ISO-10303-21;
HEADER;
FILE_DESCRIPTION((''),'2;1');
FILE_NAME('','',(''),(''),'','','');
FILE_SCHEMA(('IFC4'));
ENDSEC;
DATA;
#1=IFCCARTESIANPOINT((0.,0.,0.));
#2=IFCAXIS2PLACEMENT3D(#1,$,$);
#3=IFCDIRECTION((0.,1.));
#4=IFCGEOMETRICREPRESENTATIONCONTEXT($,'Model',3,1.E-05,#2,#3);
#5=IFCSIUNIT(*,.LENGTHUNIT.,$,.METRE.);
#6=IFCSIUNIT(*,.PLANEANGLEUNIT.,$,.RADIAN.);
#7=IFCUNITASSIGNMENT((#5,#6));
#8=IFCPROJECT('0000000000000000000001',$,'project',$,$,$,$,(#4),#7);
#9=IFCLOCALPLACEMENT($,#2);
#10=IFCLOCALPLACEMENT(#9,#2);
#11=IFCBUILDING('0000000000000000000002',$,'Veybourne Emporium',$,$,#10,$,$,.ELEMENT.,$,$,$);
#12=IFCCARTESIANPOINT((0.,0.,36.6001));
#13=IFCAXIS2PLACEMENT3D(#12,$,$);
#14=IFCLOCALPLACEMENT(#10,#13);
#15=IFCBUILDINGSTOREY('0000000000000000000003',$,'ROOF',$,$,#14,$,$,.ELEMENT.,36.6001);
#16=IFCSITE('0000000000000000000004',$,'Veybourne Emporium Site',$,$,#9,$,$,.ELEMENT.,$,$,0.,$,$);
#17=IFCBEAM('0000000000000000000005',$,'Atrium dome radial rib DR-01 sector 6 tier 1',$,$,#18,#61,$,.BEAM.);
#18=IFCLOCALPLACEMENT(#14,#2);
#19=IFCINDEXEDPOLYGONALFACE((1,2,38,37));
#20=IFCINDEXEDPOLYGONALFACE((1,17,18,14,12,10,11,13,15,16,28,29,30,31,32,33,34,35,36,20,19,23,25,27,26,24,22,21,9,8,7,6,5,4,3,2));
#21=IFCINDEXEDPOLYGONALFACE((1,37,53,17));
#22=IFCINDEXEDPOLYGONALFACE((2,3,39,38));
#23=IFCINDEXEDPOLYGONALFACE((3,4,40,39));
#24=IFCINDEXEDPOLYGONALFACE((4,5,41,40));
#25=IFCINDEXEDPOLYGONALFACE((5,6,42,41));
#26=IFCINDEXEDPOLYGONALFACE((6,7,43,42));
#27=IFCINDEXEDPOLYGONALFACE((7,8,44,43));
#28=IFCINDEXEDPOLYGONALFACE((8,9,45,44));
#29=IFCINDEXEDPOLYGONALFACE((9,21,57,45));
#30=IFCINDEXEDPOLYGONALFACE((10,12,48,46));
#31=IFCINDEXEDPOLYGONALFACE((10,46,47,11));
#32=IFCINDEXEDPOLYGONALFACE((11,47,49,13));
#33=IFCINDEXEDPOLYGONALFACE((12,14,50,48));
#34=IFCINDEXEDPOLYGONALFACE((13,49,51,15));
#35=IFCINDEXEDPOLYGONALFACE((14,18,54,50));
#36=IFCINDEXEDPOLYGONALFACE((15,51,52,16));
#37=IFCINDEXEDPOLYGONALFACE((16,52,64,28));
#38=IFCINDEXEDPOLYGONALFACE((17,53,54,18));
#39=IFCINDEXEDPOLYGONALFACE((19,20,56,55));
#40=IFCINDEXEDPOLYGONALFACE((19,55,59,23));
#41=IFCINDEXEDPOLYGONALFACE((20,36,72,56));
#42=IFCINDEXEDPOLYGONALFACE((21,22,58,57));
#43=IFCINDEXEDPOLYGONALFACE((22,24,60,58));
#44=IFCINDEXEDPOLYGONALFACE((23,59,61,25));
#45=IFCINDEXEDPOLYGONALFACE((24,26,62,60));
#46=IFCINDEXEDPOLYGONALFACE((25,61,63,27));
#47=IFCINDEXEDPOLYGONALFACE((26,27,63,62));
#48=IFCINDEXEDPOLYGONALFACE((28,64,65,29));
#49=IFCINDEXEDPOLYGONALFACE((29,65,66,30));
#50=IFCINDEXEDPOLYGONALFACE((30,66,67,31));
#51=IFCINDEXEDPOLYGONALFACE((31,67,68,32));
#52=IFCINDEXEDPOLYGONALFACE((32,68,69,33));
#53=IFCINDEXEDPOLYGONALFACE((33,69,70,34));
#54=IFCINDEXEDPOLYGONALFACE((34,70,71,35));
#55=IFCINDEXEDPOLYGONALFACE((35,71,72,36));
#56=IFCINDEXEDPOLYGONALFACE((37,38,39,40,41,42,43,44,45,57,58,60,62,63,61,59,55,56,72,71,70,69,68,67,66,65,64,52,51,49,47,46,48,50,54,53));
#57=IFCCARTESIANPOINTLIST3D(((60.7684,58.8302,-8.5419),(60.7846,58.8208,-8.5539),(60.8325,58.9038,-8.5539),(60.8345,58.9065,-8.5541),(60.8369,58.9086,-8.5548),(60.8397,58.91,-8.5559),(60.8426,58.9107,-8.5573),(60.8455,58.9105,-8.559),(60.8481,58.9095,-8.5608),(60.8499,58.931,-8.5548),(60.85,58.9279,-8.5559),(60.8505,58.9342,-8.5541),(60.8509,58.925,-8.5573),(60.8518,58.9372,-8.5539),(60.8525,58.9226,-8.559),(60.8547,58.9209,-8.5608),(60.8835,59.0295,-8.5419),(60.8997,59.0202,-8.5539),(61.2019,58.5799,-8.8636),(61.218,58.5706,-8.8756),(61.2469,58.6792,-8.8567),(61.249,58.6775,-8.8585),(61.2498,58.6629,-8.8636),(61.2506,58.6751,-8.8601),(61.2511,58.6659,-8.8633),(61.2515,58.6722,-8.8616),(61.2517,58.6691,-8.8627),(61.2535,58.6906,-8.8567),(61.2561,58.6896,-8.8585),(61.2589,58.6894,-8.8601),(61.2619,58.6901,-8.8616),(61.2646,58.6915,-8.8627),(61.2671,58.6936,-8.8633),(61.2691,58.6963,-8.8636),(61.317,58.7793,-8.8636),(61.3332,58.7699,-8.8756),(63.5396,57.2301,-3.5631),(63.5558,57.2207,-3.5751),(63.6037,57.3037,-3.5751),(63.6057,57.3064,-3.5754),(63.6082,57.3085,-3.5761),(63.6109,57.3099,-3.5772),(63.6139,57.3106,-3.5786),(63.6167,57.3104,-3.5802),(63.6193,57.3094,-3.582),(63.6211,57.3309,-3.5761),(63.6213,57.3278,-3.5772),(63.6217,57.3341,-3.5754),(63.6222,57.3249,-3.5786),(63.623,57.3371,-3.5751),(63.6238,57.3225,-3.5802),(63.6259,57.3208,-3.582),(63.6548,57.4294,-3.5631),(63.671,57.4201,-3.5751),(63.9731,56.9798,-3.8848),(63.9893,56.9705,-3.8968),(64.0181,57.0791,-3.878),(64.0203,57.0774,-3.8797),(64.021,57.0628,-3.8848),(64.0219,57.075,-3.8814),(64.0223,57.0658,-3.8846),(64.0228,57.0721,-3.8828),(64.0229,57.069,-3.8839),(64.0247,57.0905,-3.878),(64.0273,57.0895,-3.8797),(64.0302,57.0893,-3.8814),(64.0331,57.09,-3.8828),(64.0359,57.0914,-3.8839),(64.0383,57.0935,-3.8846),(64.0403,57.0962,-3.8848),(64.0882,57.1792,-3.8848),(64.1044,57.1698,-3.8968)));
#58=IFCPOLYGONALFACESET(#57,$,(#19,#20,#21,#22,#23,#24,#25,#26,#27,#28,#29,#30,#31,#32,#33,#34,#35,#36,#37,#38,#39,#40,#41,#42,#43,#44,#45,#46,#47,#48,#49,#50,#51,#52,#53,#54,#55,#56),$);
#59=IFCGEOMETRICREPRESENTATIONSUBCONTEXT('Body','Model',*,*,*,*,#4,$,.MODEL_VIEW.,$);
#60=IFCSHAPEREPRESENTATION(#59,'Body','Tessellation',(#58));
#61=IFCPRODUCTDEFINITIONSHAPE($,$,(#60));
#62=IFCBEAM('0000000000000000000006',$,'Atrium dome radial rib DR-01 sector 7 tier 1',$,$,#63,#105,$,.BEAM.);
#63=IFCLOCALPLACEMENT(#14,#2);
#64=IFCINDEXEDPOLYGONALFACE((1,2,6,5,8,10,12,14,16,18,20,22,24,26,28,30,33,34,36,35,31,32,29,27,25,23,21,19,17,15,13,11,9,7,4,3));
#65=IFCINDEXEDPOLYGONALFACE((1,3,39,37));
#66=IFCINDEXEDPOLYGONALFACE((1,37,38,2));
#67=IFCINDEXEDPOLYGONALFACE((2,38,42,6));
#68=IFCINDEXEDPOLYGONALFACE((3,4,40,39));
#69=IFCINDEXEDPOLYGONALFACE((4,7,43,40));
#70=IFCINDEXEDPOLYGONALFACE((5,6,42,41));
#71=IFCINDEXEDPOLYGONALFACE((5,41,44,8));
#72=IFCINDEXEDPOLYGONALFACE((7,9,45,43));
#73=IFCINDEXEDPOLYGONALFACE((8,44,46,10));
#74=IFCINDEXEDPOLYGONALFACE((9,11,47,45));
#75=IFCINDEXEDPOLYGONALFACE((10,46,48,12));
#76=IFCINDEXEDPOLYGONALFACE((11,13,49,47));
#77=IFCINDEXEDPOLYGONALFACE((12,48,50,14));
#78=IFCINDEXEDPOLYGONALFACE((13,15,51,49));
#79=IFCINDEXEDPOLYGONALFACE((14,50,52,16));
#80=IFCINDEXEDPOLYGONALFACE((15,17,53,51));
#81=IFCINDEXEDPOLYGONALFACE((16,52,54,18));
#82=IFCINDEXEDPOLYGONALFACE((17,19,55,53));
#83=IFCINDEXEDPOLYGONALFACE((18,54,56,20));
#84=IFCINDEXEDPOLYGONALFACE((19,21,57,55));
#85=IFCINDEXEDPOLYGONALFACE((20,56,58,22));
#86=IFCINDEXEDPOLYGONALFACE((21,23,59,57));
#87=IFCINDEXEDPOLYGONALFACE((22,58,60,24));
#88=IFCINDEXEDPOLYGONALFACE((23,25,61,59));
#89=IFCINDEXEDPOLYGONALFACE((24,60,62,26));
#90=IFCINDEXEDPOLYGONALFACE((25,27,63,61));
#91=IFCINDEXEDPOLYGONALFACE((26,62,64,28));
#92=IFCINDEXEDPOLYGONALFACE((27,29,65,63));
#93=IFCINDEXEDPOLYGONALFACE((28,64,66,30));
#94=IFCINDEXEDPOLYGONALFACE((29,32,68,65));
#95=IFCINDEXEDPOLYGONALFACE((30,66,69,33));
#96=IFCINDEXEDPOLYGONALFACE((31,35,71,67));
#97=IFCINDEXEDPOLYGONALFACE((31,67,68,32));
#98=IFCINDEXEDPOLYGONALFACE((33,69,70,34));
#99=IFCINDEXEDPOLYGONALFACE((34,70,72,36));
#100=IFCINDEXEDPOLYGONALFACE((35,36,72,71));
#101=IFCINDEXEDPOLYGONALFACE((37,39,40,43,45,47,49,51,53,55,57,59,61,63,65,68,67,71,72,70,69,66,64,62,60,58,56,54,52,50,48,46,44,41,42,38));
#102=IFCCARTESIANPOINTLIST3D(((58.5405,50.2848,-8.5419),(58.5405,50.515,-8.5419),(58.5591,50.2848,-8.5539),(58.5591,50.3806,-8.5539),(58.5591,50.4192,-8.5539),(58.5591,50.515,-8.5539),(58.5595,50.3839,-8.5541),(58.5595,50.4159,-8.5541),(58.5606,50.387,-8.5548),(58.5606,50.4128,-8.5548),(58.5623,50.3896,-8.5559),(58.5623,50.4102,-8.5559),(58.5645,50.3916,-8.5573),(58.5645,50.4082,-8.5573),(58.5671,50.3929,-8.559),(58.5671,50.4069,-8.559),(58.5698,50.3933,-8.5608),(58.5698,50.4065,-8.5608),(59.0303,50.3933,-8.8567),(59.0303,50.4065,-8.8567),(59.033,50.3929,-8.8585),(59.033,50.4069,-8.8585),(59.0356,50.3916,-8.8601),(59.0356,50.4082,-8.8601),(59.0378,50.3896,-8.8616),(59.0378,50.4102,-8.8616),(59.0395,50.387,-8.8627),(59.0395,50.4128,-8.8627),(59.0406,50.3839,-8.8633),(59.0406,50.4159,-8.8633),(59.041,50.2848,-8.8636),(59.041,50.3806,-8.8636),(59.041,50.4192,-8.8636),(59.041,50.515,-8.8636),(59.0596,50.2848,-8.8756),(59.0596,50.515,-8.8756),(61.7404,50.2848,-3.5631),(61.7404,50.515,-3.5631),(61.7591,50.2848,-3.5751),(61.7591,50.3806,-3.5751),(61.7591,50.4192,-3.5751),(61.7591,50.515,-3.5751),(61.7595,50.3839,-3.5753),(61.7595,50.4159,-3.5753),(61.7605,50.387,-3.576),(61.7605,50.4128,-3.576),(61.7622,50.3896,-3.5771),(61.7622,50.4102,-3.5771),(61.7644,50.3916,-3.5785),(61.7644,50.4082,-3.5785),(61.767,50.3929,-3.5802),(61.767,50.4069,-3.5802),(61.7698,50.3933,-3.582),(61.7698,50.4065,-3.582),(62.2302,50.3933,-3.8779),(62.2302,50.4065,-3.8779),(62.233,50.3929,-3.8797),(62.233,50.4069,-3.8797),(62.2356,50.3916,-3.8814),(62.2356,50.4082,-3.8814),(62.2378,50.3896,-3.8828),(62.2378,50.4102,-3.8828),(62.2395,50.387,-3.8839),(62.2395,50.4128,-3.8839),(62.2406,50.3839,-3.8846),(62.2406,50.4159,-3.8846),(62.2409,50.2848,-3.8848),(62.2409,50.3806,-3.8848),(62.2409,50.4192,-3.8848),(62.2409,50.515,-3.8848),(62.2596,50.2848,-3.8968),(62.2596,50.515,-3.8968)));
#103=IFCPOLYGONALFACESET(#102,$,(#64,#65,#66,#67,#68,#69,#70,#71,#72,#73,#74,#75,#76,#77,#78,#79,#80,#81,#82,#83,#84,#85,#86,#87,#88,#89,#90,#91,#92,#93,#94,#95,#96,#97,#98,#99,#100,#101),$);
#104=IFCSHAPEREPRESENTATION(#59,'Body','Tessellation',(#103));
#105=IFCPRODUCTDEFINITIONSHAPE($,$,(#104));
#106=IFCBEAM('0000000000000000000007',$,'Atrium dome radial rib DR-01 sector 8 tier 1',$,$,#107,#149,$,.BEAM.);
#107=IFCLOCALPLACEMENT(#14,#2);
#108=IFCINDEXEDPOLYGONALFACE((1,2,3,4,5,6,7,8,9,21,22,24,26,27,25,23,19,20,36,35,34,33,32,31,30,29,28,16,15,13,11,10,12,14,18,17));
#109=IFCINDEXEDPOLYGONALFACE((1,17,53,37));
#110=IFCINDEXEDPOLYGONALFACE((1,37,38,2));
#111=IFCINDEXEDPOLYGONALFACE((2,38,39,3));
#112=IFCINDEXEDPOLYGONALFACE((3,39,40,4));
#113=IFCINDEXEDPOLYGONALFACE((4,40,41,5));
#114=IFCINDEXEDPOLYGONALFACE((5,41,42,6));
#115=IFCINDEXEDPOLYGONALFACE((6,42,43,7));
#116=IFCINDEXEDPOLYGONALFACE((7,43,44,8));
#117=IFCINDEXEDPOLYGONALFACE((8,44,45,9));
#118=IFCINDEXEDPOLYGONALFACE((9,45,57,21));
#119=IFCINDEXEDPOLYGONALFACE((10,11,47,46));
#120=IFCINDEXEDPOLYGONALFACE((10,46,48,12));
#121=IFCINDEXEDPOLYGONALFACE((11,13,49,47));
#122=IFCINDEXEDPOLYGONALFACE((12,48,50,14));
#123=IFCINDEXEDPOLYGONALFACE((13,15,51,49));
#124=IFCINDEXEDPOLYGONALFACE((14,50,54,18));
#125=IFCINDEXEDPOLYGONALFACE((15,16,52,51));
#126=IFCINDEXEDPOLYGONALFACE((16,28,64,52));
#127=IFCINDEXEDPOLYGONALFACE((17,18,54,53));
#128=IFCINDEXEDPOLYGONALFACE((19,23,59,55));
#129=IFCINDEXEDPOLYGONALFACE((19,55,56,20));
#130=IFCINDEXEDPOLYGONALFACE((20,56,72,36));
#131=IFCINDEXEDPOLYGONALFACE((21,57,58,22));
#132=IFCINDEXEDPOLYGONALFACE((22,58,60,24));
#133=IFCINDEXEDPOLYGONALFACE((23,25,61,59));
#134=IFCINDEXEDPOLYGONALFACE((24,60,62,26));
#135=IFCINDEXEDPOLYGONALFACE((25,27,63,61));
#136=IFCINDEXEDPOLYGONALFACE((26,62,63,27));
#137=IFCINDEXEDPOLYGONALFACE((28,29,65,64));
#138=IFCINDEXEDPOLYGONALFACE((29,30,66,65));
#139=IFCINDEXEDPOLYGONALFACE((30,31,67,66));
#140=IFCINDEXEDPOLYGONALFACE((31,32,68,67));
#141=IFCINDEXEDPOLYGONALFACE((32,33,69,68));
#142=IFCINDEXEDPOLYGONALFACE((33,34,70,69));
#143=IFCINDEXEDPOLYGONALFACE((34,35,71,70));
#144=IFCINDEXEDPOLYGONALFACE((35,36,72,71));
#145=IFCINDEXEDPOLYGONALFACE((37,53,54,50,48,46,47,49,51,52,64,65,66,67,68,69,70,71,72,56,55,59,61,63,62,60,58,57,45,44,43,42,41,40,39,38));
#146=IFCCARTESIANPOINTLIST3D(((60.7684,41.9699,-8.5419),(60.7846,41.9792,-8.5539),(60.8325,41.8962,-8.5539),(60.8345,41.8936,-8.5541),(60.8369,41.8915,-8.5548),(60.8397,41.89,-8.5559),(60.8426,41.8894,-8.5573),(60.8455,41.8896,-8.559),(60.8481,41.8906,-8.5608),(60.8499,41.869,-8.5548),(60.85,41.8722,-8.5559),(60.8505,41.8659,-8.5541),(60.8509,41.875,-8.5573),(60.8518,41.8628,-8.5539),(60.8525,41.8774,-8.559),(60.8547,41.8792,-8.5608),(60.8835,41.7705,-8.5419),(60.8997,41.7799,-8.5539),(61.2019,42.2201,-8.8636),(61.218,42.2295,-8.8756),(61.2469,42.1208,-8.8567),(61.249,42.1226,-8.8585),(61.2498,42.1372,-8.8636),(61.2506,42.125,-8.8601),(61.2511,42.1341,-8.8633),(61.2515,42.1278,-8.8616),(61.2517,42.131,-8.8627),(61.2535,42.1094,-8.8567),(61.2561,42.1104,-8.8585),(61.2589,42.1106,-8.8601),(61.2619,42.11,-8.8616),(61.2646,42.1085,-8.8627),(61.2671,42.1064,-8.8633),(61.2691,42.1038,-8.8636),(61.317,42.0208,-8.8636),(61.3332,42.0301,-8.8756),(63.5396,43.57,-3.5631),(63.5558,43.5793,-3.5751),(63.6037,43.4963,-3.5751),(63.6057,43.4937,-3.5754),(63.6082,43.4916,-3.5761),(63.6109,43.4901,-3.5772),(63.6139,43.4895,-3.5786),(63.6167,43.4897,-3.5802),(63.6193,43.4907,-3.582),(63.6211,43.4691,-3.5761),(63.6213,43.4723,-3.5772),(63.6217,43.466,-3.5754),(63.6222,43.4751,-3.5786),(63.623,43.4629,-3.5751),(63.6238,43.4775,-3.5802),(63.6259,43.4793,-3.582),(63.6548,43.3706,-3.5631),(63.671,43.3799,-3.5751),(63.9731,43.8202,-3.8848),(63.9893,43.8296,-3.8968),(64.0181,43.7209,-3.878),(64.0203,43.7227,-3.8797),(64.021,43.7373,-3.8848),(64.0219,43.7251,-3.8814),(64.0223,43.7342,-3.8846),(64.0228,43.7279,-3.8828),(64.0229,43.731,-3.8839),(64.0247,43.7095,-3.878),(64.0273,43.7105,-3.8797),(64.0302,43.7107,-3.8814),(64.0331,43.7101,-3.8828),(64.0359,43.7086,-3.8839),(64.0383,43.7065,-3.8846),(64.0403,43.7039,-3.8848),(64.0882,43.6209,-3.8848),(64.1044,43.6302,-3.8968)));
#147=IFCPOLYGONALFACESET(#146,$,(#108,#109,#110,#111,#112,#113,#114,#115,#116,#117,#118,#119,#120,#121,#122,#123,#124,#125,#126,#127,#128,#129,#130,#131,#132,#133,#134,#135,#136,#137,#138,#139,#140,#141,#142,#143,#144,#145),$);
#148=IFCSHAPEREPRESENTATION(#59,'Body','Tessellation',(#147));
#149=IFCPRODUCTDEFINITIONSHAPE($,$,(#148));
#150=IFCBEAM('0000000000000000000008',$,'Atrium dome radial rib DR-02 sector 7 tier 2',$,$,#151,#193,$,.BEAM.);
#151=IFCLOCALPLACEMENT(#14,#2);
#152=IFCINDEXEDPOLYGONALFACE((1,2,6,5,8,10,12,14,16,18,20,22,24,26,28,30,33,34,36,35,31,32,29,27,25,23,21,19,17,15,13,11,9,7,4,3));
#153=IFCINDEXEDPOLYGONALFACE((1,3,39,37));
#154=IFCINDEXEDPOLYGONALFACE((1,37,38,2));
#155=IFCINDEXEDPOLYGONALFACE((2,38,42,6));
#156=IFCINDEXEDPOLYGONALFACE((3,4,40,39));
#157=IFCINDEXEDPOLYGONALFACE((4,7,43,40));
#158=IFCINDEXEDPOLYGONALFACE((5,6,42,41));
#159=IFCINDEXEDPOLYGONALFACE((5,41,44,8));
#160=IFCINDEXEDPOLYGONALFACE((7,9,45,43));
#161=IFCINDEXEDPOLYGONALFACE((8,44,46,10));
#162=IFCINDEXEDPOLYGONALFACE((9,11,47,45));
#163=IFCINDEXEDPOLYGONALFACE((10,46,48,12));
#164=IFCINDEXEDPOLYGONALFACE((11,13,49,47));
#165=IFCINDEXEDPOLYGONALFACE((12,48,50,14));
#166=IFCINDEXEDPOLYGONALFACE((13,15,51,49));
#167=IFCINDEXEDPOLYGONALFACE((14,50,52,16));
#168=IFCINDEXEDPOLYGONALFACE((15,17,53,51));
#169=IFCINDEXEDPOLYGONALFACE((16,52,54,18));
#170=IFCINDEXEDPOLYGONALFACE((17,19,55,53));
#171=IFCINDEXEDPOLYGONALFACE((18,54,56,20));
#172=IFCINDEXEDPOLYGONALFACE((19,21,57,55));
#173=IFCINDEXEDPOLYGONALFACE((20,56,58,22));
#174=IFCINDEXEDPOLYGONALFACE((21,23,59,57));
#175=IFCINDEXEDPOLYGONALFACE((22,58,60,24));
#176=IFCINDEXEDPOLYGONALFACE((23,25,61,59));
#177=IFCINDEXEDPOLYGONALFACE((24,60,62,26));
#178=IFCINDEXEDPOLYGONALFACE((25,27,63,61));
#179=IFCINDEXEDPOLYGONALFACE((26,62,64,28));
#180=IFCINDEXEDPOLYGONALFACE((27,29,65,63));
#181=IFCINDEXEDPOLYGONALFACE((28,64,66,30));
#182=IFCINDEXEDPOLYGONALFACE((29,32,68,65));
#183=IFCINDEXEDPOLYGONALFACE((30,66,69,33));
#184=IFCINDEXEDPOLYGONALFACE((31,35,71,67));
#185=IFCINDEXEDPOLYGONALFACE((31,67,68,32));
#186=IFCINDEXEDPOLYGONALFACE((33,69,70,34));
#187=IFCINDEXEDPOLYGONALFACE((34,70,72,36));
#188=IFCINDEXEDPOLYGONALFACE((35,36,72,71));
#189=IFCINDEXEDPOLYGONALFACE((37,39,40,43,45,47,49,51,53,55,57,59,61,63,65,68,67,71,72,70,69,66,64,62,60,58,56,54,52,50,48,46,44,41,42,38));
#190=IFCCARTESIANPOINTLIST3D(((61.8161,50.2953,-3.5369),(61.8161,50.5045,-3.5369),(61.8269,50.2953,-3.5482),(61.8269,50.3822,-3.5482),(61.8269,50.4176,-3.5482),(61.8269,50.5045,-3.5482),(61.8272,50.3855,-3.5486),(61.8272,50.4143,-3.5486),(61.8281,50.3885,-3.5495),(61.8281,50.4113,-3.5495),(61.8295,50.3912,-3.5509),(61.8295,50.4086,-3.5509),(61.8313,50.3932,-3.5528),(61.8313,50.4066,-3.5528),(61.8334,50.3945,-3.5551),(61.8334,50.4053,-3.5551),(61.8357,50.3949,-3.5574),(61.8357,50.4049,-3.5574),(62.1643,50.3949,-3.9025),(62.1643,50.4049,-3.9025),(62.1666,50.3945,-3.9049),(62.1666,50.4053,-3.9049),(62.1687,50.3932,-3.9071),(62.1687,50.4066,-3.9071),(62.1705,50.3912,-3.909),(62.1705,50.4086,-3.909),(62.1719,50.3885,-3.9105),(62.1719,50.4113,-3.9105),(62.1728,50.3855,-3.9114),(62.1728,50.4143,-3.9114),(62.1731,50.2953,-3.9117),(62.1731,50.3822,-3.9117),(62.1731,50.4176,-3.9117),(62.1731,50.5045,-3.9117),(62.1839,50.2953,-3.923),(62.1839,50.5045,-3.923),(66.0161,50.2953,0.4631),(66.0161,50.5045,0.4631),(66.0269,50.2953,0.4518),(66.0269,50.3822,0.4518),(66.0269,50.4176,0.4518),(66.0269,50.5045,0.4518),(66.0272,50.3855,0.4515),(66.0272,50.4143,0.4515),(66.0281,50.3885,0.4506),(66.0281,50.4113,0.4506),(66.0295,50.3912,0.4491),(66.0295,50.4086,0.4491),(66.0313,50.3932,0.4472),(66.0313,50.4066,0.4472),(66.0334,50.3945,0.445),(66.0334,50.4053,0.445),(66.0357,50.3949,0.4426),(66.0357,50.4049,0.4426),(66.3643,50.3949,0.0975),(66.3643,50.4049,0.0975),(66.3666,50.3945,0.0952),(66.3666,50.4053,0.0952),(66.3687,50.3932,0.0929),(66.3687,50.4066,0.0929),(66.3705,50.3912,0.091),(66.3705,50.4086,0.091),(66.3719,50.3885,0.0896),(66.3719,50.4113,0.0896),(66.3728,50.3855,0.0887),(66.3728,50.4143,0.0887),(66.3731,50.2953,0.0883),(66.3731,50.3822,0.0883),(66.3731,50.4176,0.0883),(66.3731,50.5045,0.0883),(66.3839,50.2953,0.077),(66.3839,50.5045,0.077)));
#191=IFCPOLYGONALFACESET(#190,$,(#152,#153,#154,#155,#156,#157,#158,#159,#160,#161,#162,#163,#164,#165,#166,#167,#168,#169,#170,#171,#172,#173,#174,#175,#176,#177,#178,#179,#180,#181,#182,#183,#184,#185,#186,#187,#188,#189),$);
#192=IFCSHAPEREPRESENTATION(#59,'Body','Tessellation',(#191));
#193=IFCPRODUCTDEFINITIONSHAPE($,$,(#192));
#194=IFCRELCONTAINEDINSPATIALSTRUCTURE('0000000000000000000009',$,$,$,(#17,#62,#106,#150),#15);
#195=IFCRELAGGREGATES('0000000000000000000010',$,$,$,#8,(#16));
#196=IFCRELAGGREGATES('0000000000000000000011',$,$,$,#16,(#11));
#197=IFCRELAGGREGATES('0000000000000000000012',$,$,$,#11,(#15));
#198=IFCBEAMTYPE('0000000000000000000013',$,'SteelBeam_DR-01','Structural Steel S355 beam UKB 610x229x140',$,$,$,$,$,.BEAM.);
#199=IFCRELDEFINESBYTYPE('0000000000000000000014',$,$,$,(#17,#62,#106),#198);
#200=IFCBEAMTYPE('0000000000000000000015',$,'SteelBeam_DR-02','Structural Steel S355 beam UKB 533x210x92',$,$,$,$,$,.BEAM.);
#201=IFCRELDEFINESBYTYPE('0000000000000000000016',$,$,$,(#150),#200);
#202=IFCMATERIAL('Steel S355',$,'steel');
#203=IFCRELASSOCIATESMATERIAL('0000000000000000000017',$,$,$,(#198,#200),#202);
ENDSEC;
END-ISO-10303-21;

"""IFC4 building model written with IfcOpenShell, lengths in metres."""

from ifc_helpers import new_model, si_unit, direction, frame, origin, origin_2d, place, context, subcontext, project, spatial, i_section, extrude, material, material_profile, profile_set, type_object, element, save


model = new_model("IFC4")

# Units and contexts
model_context = context("Model", 3, precision=1e-05, world=origin(), true_north=direction((0.0, 1.0)))
body_context = subcontext(model_context, "Body", "Model", "MODEL_VIEW")
ifc_project = project(units=[si_unit("LENGTHUNIT", "METRE"), si_unit("PLANEANGLEUNIT", "RADIAN")], contexts=[model_context])

# Site, building, storey
site_placement = place(None, origin())
site = spatial("IfcSite", under=ifc_project, at=site_placement, Name="Veybourne Emporium Site", CompositionType="ELEMENT", RefElevation=0.0)
building_placement = place(site_placement, origin())
building = spatial("IfcBuilding", under=site, at=building_placement, Name="Veybourne Emporium", CompositionType="ELEMENT")
storey_placement = place(building_placement, frame((0.0, 0.0, 36.6001)))
storey = spatial("IfcBuildingStorey", under=building, at=storey_placement, Name="ROOF", CompositionType="ELEMENT", Elevation=36.6001)

# Beams
ifc_material_1 = material(Name="Steel S355", Category="steel")
ifc_material_profile_1 = material_profile(ifc_material_1, i_section(OverallWidth=0.2302, OverallDepth=0.6172, WebThickness=0.0132, FlangeThickness=0.0222, FilletRadius=0.0127, at=origin_2d()), Name="UKB 610x229x140")
ifc_profile_set_1 = profile_set([ifc_material_profile_1], Name="Steel S355")
beam_type_1 = type_object("IfcBeamType", Name="SteelBeam_DR-01", Description="Structural Steel S355 beam UKB 610x229x140", PredefinedType="BEAM", material=ifc_profile_set_1)
for number, where, z_axis, x_axis, name in (
    (1, (61.0508, 58.8, -8.7087), (0.468237, -0.270357, 0.841226), (0.500028, 0.866009, 0.0), "Atrium dome radial rib DR-01 sector 6 tier 1"),
    (2, (58.8, 50.3999, -8.7087), (0.540676, 0.0, 0.841231), (0.0, 1.0, 0.0), "Atrium dome radial rib DR-01 sector 7 tier 1"),
    (3, (61.0508, 42.0, -8.7087), (0.468237, 0.270357, 0.841226), (-0.500028, 0.866009, 0.0), "Atrium dome radial rib DR-01 sector 8 tier 1"),
):
    element("IfcBeam", number, at=place(storey_placement, frame(where, z_axis=z_axis, x_axis=x_axis)), inside=storey, type_object=beam_type_1, Name=name, PredefinedType="BEAM", context=body_context, shape_type="SweptSolid", body=[
        extrude(i_section(OverallWidth=0.2302, OverallDepth=0.6172, WebThickness=0.0132, FlangeThickness=0.0222, FilletRadius=0.0127, at=origin_2d()), origin(), (0.0, 0.0, 1.0), 5.9185),
    ])
ifc_material_profile_2 = material_profile(ifc_material_1, i_section(OverallWidth=0.2092, OverallDepth=0.5332, WebThickness=0.01, FlangeThickness=0.0156, FilletRadius=0.0127, at=origin_2d()), Name="UKB 533x210x92")
ifc_profile_set_2 = profile_set([ifc_material_profile_2], Name="Steel S355")
beam_type_2 = type_object("IfcBeamType", Name="SteelBeam_DR-02", Description="Structural Steel S355 beam UKB 533x210x92", PredefinedType="BEAM", material=ifc_profile_set_2)
beam_placement = place(storey_placement, frame((62.0, 50.3999, -3.73), z_axis=(0.724134, 0.0, 0.689659), x_axis=(0.0, 1.0, 0.0)))
element("IfcBeam", 4, at=beam_placement, inside=storey, type_object=beam_type_2, Name="Atrium dome radial rib DR-02 sector 7 tier 2", PredefinedType="BEAM", context=body_context, shape_type="SweptSolid", body=[
    extrude(i_section(OverallWidth=0.2092, OverallDepth=0.5332, WebThickness=0.01, FlangeThickness=0.0156, FilletRadius=0.0127, at=origin_2d()), origin(), (0.0, 0.0, 1.0), 5.8),
])

save(model, "model.ifc")
